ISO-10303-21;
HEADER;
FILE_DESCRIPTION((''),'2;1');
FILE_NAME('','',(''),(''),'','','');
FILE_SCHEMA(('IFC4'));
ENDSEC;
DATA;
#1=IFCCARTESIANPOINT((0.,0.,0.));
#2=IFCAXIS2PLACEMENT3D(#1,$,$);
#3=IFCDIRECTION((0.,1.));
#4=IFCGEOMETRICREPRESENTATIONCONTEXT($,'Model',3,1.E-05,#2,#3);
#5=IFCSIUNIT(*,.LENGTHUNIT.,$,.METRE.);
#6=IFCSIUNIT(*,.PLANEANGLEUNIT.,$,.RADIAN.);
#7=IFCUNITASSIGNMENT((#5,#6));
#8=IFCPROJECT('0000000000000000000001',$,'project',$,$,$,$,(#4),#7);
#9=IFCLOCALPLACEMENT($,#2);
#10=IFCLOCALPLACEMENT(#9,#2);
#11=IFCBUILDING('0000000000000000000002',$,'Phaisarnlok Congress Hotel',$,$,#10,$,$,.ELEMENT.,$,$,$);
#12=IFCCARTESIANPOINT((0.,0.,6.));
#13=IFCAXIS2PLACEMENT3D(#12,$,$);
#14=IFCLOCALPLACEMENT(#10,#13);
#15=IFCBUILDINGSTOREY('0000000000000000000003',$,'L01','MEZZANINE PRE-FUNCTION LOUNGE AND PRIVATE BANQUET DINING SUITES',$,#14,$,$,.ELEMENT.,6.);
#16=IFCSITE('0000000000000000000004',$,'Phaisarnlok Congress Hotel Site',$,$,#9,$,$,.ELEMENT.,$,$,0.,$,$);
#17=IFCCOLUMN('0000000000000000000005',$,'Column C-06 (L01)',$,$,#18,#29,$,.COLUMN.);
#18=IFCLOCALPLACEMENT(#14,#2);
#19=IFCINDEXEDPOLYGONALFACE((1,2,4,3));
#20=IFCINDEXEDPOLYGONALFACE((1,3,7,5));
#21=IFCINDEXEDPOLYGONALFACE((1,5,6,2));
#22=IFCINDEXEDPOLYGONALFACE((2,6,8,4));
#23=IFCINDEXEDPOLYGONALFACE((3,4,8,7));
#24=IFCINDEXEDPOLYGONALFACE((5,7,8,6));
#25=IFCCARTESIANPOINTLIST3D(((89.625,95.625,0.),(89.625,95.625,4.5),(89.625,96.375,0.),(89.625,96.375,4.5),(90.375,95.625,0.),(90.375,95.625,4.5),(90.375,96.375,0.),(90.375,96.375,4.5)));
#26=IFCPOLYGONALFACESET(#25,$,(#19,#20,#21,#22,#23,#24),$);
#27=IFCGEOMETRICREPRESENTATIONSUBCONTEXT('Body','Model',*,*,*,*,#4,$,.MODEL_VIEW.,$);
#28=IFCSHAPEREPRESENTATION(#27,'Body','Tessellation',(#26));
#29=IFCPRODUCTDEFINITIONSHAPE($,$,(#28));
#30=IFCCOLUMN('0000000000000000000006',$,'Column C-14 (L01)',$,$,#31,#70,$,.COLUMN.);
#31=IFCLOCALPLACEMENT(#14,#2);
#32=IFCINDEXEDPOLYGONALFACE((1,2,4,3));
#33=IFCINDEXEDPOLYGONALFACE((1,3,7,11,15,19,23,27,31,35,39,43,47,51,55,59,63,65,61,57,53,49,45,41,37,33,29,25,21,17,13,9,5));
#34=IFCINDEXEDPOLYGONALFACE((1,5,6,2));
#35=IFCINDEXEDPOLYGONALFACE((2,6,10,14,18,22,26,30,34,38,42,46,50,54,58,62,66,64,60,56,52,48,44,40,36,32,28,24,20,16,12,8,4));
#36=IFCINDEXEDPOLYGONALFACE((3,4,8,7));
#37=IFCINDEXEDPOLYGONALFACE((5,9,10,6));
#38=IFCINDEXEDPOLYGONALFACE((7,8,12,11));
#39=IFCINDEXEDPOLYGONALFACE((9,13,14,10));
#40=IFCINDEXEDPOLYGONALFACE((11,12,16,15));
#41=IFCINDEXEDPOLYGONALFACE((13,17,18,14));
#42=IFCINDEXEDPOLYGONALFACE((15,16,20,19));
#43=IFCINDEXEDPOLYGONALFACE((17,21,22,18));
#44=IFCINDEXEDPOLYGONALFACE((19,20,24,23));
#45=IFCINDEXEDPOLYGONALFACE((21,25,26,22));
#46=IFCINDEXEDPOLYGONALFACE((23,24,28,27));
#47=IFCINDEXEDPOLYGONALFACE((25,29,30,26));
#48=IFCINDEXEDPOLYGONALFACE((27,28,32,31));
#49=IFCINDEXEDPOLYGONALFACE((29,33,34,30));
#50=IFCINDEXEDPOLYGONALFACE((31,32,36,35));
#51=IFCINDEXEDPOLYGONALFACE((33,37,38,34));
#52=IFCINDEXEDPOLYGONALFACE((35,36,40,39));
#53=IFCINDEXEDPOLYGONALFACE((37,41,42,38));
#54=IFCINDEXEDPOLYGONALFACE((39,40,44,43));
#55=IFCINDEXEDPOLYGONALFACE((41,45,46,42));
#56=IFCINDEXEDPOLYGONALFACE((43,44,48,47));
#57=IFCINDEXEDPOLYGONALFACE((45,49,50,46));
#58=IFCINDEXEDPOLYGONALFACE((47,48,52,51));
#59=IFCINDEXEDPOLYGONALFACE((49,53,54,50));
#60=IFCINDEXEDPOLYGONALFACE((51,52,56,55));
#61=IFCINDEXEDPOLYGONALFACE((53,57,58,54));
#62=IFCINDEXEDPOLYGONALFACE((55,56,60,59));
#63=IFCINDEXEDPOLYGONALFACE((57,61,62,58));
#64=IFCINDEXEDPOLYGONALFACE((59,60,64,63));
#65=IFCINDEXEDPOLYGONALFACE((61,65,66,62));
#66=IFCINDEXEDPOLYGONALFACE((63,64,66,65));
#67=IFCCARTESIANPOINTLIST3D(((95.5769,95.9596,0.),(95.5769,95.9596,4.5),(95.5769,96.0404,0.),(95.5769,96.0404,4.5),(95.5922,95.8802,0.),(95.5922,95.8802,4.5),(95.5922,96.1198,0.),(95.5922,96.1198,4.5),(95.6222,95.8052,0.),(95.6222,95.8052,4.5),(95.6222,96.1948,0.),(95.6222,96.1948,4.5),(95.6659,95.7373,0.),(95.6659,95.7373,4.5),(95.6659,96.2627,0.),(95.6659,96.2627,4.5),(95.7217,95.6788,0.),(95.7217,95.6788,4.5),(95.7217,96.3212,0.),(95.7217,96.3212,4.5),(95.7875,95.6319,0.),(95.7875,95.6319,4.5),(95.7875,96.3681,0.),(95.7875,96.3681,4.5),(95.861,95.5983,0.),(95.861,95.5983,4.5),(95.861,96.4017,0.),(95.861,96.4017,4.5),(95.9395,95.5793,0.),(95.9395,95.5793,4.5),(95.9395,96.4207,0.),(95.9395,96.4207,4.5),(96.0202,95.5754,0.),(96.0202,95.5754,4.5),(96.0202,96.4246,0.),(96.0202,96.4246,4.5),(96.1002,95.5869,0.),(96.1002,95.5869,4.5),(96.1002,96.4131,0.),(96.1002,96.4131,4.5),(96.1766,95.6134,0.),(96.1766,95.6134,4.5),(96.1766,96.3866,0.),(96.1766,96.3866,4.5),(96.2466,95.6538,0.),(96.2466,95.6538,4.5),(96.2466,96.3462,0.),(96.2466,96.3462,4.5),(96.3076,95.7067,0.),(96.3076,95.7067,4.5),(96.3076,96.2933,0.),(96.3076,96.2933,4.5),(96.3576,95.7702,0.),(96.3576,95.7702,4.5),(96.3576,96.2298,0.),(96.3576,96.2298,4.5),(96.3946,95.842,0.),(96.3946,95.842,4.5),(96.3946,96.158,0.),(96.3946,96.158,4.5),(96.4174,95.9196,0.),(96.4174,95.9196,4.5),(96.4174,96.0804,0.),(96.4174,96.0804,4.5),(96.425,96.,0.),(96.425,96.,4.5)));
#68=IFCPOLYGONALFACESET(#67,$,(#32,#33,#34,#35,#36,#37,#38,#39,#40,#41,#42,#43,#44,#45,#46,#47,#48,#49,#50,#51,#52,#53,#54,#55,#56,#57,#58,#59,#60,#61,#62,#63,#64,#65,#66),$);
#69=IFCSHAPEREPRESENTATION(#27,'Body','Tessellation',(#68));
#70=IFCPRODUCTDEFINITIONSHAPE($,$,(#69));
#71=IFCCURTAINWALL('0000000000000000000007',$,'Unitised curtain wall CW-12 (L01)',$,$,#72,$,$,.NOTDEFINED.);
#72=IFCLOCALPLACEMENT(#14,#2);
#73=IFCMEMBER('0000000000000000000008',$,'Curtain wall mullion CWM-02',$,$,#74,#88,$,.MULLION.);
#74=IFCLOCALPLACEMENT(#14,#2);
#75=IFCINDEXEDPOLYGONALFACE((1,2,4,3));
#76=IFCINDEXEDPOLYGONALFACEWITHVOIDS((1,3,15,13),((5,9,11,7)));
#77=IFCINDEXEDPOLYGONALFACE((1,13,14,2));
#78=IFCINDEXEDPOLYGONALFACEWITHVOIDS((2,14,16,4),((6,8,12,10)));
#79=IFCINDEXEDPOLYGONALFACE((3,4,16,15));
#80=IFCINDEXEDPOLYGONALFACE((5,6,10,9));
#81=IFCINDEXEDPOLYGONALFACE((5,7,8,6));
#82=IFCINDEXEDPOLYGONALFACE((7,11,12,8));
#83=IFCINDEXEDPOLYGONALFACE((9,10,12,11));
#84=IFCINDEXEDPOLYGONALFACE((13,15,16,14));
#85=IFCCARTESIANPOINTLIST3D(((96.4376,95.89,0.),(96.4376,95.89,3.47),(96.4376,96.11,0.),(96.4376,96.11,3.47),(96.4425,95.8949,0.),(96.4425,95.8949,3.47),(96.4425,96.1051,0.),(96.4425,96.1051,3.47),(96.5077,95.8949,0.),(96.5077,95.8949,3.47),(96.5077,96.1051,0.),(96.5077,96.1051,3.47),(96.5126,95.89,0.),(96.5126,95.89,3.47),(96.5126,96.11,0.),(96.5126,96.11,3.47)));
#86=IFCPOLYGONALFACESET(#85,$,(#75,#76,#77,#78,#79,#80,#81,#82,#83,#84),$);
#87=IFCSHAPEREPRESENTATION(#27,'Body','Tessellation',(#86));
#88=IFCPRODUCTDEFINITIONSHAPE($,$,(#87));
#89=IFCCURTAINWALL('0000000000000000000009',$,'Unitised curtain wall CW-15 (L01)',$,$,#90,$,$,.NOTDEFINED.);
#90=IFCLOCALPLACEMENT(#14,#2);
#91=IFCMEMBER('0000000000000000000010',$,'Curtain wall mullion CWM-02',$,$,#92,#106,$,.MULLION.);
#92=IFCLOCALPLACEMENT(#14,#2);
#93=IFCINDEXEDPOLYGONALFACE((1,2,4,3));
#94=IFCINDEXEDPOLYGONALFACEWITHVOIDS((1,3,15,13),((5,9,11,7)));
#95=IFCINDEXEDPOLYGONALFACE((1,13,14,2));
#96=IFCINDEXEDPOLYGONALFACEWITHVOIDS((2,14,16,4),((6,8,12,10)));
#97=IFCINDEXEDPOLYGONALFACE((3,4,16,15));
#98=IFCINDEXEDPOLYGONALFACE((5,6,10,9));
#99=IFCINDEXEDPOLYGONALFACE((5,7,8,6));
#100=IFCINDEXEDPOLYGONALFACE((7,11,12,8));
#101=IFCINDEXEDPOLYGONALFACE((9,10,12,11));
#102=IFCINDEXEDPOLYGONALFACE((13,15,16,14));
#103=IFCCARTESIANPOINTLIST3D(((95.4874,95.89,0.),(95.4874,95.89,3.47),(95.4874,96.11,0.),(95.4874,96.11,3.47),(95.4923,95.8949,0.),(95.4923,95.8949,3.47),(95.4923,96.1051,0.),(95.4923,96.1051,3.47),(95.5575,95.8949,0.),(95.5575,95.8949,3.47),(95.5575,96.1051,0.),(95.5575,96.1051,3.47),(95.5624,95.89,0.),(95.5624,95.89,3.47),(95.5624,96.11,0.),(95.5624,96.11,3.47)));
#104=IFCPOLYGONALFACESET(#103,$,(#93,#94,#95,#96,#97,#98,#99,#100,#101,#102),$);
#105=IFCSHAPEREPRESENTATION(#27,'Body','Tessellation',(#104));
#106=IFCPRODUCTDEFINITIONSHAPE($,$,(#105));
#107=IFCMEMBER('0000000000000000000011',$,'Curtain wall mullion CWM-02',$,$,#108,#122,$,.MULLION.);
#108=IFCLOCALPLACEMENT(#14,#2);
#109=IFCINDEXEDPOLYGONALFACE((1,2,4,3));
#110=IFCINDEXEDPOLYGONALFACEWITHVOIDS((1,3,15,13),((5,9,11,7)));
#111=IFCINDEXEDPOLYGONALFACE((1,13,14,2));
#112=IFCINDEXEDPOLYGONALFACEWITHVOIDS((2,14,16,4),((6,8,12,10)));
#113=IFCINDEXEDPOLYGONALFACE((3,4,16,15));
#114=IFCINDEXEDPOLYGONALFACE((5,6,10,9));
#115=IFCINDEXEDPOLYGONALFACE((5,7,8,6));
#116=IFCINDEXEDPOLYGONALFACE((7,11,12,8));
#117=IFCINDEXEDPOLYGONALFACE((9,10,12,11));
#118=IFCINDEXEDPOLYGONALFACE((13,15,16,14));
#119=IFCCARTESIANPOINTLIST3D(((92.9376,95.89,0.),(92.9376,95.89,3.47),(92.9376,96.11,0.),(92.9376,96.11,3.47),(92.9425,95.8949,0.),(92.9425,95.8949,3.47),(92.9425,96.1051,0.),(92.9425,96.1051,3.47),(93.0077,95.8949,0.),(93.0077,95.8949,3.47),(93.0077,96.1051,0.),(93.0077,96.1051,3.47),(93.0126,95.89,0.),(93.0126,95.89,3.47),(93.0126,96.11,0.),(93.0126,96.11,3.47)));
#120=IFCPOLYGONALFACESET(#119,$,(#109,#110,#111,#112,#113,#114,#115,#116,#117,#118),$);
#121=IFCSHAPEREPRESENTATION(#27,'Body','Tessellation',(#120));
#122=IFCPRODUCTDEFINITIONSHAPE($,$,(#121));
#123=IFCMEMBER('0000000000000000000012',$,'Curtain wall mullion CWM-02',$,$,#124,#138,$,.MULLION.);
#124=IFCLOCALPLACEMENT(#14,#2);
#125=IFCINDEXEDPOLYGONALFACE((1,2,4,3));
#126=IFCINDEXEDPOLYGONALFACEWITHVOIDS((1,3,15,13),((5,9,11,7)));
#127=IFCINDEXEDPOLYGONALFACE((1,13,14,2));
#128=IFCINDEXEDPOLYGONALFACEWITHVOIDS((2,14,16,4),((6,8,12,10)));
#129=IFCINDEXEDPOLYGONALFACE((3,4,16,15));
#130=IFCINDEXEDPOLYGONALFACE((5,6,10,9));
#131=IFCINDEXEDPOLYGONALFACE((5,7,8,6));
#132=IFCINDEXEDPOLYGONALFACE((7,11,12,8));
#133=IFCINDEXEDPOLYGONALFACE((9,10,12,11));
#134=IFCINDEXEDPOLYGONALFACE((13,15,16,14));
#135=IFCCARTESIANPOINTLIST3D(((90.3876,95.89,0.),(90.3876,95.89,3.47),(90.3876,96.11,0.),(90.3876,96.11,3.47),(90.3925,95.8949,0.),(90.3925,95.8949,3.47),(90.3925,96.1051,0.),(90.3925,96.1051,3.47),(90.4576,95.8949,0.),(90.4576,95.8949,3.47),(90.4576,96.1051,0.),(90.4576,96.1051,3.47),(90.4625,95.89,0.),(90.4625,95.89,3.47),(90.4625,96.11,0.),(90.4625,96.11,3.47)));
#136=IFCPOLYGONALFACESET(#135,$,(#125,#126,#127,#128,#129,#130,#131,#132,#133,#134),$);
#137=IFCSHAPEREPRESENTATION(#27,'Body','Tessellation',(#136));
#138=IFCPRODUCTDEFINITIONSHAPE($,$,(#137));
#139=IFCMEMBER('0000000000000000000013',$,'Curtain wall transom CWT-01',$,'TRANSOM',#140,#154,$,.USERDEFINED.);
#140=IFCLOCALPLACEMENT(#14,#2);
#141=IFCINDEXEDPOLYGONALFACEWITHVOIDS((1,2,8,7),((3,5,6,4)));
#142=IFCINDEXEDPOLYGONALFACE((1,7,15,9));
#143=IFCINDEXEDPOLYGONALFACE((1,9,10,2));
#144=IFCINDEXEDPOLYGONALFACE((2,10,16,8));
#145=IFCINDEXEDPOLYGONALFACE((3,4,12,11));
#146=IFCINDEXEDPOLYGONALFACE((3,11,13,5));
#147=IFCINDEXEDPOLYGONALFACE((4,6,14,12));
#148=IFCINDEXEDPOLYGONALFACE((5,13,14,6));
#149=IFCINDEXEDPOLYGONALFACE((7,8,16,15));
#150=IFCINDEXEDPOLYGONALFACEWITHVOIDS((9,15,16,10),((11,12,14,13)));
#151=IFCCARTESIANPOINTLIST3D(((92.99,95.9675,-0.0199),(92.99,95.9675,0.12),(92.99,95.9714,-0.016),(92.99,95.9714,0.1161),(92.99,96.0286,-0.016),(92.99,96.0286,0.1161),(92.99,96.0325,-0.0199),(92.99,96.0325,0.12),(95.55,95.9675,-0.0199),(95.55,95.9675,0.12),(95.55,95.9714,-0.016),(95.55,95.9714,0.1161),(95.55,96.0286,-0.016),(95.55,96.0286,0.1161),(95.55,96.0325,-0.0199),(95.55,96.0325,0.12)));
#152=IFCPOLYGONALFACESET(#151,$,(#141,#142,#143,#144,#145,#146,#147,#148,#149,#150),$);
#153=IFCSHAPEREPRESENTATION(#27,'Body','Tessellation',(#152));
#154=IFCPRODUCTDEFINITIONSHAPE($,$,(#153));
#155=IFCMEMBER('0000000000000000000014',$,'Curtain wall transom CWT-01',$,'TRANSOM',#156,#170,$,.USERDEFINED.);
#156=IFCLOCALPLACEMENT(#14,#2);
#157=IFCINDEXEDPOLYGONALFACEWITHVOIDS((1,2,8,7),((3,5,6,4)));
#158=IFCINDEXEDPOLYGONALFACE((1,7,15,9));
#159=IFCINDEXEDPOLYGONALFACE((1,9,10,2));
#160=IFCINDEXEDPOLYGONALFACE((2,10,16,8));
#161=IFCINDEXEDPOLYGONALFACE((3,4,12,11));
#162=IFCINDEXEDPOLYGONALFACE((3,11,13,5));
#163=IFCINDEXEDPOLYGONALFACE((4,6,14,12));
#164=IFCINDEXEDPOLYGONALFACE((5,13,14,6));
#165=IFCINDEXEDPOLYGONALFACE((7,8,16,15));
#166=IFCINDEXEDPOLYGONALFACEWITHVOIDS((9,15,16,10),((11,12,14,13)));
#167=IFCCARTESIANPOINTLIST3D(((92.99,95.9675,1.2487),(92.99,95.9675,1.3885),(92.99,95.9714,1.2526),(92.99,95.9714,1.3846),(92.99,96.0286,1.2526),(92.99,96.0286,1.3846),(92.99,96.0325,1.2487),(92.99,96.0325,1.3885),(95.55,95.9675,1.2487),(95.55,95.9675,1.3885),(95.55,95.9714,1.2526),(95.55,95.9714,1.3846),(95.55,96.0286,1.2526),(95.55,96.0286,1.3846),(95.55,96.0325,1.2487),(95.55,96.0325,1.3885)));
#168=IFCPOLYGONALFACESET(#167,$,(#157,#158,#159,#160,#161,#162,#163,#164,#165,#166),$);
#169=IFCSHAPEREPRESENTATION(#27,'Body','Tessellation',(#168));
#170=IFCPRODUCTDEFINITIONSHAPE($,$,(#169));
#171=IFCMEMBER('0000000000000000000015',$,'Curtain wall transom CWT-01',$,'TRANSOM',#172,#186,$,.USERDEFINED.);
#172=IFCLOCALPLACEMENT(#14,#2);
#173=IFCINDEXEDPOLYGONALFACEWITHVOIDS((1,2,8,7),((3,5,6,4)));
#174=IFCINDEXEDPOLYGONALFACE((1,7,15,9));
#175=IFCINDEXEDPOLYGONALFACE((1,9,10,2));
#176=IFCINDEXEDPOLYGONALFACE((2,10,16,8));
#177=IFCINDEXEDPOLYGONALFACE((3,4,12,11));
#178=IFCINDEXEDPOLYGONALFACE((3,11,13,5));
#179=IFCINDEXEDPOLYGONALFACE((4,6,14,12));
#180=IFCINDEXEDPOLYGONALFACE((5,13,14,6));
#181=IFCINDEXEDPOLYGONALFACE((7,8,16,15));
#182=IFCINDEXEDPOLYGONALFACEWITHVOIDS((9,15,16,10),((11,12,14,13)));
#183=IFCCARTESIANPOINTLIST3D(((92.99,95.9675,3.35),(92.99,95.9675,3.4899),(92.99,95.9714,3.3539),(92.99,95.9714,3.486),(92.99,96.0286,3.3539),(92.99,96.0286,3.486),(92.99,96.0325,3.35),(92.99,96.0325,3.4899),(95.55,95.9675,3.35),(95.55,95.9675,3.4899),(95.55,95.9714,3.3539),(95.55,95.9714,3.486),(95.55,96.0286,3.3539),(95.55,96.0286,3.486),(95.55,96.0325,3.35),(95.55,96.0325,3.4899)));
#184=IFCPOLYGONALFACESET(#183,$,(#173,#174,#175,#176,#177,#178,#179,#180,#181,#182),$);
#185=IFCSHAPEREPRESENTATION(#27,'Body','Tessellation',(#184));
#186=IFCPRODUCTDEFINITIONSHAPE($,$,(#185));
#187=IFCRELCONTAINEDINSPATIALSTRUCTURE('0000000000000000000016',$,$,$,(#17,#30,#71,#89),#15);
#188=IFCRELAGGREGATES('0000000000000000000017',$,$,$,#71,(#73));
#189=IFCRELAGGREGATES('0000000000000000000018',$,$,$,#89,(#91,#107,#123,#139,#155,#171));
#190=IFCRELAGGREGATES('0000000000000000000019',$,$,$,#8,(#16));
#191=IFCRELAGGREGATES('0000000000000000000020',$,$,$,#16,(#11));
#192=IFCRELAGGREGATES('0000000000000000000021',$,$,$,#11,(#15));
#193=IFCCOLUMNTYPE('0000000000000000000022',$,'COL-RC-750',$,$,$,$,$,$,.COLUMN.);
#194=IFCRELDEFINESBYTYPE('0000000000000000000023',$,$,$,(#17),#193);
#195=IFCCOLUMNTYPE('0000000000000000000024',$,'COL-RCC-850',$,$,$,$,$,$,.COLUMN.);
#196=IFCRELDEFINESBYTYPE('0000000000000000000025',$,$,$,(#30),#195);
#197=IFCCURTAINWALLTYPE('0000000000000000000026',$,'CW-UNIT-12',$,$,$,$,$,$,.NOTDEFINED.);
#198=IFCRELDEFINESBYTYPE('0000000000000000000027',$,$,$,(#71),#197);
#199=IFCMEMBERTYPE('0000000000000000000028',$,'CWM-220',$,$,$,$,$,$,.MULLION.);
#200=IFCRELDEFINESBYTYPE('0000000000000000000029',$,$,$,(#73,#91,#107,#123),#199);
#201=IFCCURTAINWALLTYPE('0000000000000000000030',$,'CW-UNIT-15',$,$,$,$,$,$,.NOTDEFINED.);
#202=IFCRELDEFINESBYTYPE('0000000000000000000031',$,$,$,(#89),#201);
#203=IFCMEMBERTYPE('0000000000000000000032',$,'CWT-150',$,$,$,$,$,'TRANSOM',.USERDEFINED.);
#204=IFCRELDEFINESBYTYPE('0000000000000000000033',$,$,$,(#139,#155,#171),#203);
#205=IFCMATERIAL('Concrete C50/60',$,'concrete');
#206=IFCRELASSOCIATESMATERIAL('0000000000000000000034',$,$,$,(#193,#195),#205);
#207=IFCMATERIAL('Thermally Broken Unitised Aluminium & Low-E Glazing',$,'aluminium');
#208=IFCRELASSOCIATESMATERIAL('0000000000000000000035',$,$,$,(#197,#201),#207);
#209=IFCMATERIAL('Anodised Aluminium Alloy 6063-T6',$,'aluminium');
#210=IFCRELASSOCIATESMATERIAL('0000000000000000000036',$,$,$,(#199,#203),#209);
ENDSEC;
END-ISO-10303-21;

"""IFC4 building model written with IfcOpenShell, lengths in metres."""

from ifc_helpers import new_model, si_unit, direction, frame, origin, origin_2d, place, context, subcontext, project, spatial, rectangle, hollow_rectangle, circle, extrude, material, material_profile, profile_set, type_object, element, aggregate, save


model = new_model("IFC4")

# Units and contexts
model_context = context("Model", 3, precision=1e-05, world=origin(), true_north=direction((0.0, 1.0)))
body_context = subcontext(model_context, "Body", "Model", "MODEL_VIEW")
ifc_project = project(units=[si_unit("LENGTHUNIT", "METRE"), si_unit("PLANEANGLEUNIT", "RADIAN")], contexts=[model_context])

# Site, building, storey
site_placement = place(None, origin())
site = spatial("IfcSite", under=ifc_project, at=site_placement, Name="Phaisarnlok Congress Hotel Site", CompositionType="ELEMENT", RefElevation=0.0)
building_placement = place(site_placement, origin())
building = spatial("IfcBuilding", under=site, at=building_placement, Name="Phaisarnlok Congress Hotel", CompositionType="ELEMENT")
storey_placement = place(building_placement, frame((0.0, 0.0, 6.0)))
storey = spatial("IfcBuildingStorey", under=building, at=storey_placement, Name="L01", Description="MEZZANINE PRE-FUNCTION LOUNGE AND PRIVATE BANQUET DINING SUITES", CompositionType="ELEMENT", Elevation=6.0)

# Columns
ifc_material_1 = material(Name="Concrete C50/60", Category="concrete")
ifc_material_profile_1 = material_profile(ifc_material_1, rectangle(XDim=0.75, YDim=0.75, at=origin_2d()), Name="RC 750x750")
ifc_profile_set_1 = profile_set([ifc_material_profile_1], Name="Concrete C50/60")
column_type_1 = type_object("IfcColumnType", Name="COL-RC-750", PredefinedType="COLUMN", material=ifc_profile_set_1)
column_1_placement = place(storey_placement, frame((90.0, 96.0, 0.0), z_axis=(0.0, 0.0, 1.0), x_axis=(1.0, 0.0, 0.0)))
element("IfcColumn", 1, at=column_1_placement, inside=storey, type_object=column_type_1, Name="Column C-06 (L01)", PredefinedType="COLUMN", context=body_context, shape_type="SweptSolid", body=[
    extrude(rectangle(XDim=0.75, YDim=0.75, at=origin_2d()), origin(), (0.0, 0.0, 1.0), 4.5),
])
ifc_material_profile_2 = material_profile(ifc_material_1, circle(Radius=0.425, at=origin_2d()), Name="RCC D850")
ifc_profile_set_2 = profile_set([ifc_material_profile_2], Name="Concrete C50/60")
column_type_2 = type_object("IfcColumnType", Name="COL-RCC-850", PredefinedType="COLUMN", material=ifc_profile_set_2)
column_2_placement = place(storey_placement, frame((96.0, 96.0, 0.0), z_axis=(0.0, 0.0, 1.0), x_axis=(1.0, 0.0, 0.0)))
element("IfcColumn", 2, at=column_2_placement, inside=storey, type_object=column_type_2, Name="Column C-14 (L01)", PredefinedType="COLUMN", context=body_context, shape_type="SweptSolid", body=[
    extrude(circle(Radius=0.425, at=origin_2d()), origin(), (0.0, 0.0, 1.0), 4.5),
])

# Curtain wall, member
ifc_material_2 = material(Name="Thermally Broken Unitised Aluminium & Low-E Glazing", Category="aluminium")
curtain_wall_type_1 = type_object("IfcCurtainWallType", Name="CW-UNIT-12", PredefinedType="NOTDEFINED", material=ifc_material_2)
curtain_wall_1_placement = place(storey_placement, origin())
curtain_wall_1 = element("IfcCurtainWall", 3, at=curtain_wall_1_placement, inside=storey, type_object=curtain_wall_type_1, Name="Unitised curtain wall CW-12 (L01)", PredefinedType="NOTDEFINED")
ifc_material_3 = material(Name="Anodised Aluminium Alloy 6063-T6", Category="aluminium")
ifc_material_profile_3 = material_profile(ifc_material_3, hollow_rectangle(XDim=0.075, YDim=0.22, WallThickness=0.0049, at=origin_2d()), Name="ALU-M 75x220x5")
ifc_profile_set_3 = profile_set([ifc_material_profile_3], Name="Anodised Aluminium Alloy 6063-T6")
member_type_1 = type_object("IfcMemberType", Name="CWM-220", PredefinedType="MULLION", material=ifc_profile_set_3)
member_1_placement = place(storey_placement, frame((96.4751, 96.0, 0.0), z_axis=(0.0, 0.0, 1.0), x_axis=(-1.0, 0.0, 0.0)))
member_1 = element("IfcMember", 4, at=member_1_placement, type_object=member_type_1, Name="Curtain wall mullion CWM-02", PredefinedType="MULLION", context=body_context, shape_type="SweptSolid", body=[
    extrude(hollow_rectangle(XDim=0.075, YDim=0.22, WallThickness=0.0049, at=origin_2d()), origin(), (0.0, 0.0, 1.0), 3.47),
])
aggregate(curtain_wall_1, [member_1])

# Curtain wall, members
curtain_wall_type_2 = type_object("IfcCurtainWallType", Name="CW-UNIT-15", PredefinedType="NOTDEFINED", material=ifc_material_2)
curtain_wall_2_placement = place(storey_placement, origin())
curtain_wall_2 = element("IfcCurtainWall", 5, at=curtain_wall_2_placement, inside=storey, type_object=curtain_wall_type_2, Name="Unitised curtain wall CW-15 (L01)", PredefinedType="NOTDEFINED")
member_2_placement = place(storey_placement, frame((95.5249, 96.0, 0.0), z_axis=(0.0, 0.0, 1.0), x_axis=(-1.0, 0.0, 0.0)))
member_2 = element("IfcMember", 6, at=member_2_placement, type_object=member_type_1, Name="Curtain wall mullion CWM-02", PredefinedType="MULLION", context=body_context, shape_type="SweptSolid", body=[
    extrude(hollow_rectangle(XDim=0.075, YDim=0.22, WallThickness=0.0049, at=origin_2d()), origin(), (0.0, 0.0, 1.0), 3.47),
])
member_3_placement = place(storey_placement, frame((92.9751, 96.0, 0.0), z_axis=(0.0, 0.0, 1.0), x_axis=(-1.0, 0.0, 0.0)))
member_3 = element("IfcMember", 7, at=member_3_placement, type_object=member_type_1, Name="Curtain wall mullion CWM-02", PredefinedType="MULLION", context=body_context, shape_type="SweptSolid", body=[
    extrude(hollow_rectangle(XDim=0.075, YDim=0.22, WallThickness=0.0049, at=origin_2d()), origin(), (0.0, 0.0, 1.0), 3.47),
])
member_4_placement = place(storey_placement, frame((90.425, 96.0, 0.0), z_axis=(0.0, 0.0, 1.0), x_axis=(-1.0, 0.0, 0.0)))
member_4 = element("IfcMember", 8, at=member_4_placement, type_object=member_type_1, Name="Curtain wall mullion CWM-02", PredefinedType="MULLION", context=body_context, shape_type="SweptSolid", body=[
    extrude(hollow_rectangle(XDim=0.075, YDim=0.22, WallThickness=0.0049, at=origin_2d()), origin(), (0.0, 0.0, 1.0), 3.47),
])
ifc_material_profile_4 = material_profile(ifc_material_3, hollow_rectangle(XDim=0.0649, YDim=0.1399, WallThickness=0.0039, at=origin_2d()), Name="ALU-T 65x140x4")
ifc_profile_set_4 = profile_set([ifc_material_profile_4], Name="Anodised Aluminium Alloy 6063-T6")
member_type_2 = type_object("IfcMemberType", Name="CWT-150", ElementType="TRANSOM", PredefinedType="USERDEFINED", material=ifc_profile_set_4)
member_5_placement = place(storey_placement, frame((95.55, 96.0, 0.05), z_axis=(-1.0, 0.0, 0.0), x_axis=(0.0, -1.0, 0.0)))
member_5 = element("IfcMember", 9, at=member_5_placement, type_object=member_type_2, Name="Curtain wall transom CWT-01", ObjectType="TRANSOM", PredefinedType="USERDEFINED", context=body_context, shape_type="SweptSolid", body=[
    extrude(hollow_rectangle(XDim=0.0649, YDim=0.1399, WallThickness=0.0039, at=origin_2d()), origin(), (0.0, 0.0, 1.0), 2.5601),
])
member_6_placement = place(storey_placement, frame((95.55, 96.0, 1.3186), z_axis=(-1.0, 0.0, 0.0), x_axis=(0.0, -1.0, 0.0)))
member_6 = element("IfcMember", 10, at=member_6_placement, type_object=member_type_2, Name="Curtain wall transom CWT-01", ObjectType="TRANSOM", PredefinedType="USERDEFINED", context=body_context, shape_type="SweptSolid", body=[
    extrude(hollow_rectangle(XDim=0.0649, YDim=0.1399, WallThickness=0.0039, at=origin_2d()), origin(), (0.0, 0.0, 1.0), 2.5601),
])
member_7_placement = place(storey_placement, frame((95.55, 96.0, 3.4199), z_axis=(-1.0, 0.0, 0.0), x_axis=(0.0, -1.0, 0.0)))
member_7 = element("IfcMember", 11, at=member_7_placement, type_object=member_type_2, Name="Curtain wall transom CWT-01", ObjectType="TRANSOM", PredefinedType="USERDEFINED", context=body_context, shape_type="SweptSolid", body=[
    extrude(hollow_rectangle(XDim=0.0649, YDim=0.1399, WallThickness=0.0039, at=origin_2d()), origin(), (0.0, 0.0, 1.0), 2.5601),
])

aggregate(curtain_wall_2, [member_2, member_3, member_4, member_5, member_6, member_7])

save(model, "model.ifc")
